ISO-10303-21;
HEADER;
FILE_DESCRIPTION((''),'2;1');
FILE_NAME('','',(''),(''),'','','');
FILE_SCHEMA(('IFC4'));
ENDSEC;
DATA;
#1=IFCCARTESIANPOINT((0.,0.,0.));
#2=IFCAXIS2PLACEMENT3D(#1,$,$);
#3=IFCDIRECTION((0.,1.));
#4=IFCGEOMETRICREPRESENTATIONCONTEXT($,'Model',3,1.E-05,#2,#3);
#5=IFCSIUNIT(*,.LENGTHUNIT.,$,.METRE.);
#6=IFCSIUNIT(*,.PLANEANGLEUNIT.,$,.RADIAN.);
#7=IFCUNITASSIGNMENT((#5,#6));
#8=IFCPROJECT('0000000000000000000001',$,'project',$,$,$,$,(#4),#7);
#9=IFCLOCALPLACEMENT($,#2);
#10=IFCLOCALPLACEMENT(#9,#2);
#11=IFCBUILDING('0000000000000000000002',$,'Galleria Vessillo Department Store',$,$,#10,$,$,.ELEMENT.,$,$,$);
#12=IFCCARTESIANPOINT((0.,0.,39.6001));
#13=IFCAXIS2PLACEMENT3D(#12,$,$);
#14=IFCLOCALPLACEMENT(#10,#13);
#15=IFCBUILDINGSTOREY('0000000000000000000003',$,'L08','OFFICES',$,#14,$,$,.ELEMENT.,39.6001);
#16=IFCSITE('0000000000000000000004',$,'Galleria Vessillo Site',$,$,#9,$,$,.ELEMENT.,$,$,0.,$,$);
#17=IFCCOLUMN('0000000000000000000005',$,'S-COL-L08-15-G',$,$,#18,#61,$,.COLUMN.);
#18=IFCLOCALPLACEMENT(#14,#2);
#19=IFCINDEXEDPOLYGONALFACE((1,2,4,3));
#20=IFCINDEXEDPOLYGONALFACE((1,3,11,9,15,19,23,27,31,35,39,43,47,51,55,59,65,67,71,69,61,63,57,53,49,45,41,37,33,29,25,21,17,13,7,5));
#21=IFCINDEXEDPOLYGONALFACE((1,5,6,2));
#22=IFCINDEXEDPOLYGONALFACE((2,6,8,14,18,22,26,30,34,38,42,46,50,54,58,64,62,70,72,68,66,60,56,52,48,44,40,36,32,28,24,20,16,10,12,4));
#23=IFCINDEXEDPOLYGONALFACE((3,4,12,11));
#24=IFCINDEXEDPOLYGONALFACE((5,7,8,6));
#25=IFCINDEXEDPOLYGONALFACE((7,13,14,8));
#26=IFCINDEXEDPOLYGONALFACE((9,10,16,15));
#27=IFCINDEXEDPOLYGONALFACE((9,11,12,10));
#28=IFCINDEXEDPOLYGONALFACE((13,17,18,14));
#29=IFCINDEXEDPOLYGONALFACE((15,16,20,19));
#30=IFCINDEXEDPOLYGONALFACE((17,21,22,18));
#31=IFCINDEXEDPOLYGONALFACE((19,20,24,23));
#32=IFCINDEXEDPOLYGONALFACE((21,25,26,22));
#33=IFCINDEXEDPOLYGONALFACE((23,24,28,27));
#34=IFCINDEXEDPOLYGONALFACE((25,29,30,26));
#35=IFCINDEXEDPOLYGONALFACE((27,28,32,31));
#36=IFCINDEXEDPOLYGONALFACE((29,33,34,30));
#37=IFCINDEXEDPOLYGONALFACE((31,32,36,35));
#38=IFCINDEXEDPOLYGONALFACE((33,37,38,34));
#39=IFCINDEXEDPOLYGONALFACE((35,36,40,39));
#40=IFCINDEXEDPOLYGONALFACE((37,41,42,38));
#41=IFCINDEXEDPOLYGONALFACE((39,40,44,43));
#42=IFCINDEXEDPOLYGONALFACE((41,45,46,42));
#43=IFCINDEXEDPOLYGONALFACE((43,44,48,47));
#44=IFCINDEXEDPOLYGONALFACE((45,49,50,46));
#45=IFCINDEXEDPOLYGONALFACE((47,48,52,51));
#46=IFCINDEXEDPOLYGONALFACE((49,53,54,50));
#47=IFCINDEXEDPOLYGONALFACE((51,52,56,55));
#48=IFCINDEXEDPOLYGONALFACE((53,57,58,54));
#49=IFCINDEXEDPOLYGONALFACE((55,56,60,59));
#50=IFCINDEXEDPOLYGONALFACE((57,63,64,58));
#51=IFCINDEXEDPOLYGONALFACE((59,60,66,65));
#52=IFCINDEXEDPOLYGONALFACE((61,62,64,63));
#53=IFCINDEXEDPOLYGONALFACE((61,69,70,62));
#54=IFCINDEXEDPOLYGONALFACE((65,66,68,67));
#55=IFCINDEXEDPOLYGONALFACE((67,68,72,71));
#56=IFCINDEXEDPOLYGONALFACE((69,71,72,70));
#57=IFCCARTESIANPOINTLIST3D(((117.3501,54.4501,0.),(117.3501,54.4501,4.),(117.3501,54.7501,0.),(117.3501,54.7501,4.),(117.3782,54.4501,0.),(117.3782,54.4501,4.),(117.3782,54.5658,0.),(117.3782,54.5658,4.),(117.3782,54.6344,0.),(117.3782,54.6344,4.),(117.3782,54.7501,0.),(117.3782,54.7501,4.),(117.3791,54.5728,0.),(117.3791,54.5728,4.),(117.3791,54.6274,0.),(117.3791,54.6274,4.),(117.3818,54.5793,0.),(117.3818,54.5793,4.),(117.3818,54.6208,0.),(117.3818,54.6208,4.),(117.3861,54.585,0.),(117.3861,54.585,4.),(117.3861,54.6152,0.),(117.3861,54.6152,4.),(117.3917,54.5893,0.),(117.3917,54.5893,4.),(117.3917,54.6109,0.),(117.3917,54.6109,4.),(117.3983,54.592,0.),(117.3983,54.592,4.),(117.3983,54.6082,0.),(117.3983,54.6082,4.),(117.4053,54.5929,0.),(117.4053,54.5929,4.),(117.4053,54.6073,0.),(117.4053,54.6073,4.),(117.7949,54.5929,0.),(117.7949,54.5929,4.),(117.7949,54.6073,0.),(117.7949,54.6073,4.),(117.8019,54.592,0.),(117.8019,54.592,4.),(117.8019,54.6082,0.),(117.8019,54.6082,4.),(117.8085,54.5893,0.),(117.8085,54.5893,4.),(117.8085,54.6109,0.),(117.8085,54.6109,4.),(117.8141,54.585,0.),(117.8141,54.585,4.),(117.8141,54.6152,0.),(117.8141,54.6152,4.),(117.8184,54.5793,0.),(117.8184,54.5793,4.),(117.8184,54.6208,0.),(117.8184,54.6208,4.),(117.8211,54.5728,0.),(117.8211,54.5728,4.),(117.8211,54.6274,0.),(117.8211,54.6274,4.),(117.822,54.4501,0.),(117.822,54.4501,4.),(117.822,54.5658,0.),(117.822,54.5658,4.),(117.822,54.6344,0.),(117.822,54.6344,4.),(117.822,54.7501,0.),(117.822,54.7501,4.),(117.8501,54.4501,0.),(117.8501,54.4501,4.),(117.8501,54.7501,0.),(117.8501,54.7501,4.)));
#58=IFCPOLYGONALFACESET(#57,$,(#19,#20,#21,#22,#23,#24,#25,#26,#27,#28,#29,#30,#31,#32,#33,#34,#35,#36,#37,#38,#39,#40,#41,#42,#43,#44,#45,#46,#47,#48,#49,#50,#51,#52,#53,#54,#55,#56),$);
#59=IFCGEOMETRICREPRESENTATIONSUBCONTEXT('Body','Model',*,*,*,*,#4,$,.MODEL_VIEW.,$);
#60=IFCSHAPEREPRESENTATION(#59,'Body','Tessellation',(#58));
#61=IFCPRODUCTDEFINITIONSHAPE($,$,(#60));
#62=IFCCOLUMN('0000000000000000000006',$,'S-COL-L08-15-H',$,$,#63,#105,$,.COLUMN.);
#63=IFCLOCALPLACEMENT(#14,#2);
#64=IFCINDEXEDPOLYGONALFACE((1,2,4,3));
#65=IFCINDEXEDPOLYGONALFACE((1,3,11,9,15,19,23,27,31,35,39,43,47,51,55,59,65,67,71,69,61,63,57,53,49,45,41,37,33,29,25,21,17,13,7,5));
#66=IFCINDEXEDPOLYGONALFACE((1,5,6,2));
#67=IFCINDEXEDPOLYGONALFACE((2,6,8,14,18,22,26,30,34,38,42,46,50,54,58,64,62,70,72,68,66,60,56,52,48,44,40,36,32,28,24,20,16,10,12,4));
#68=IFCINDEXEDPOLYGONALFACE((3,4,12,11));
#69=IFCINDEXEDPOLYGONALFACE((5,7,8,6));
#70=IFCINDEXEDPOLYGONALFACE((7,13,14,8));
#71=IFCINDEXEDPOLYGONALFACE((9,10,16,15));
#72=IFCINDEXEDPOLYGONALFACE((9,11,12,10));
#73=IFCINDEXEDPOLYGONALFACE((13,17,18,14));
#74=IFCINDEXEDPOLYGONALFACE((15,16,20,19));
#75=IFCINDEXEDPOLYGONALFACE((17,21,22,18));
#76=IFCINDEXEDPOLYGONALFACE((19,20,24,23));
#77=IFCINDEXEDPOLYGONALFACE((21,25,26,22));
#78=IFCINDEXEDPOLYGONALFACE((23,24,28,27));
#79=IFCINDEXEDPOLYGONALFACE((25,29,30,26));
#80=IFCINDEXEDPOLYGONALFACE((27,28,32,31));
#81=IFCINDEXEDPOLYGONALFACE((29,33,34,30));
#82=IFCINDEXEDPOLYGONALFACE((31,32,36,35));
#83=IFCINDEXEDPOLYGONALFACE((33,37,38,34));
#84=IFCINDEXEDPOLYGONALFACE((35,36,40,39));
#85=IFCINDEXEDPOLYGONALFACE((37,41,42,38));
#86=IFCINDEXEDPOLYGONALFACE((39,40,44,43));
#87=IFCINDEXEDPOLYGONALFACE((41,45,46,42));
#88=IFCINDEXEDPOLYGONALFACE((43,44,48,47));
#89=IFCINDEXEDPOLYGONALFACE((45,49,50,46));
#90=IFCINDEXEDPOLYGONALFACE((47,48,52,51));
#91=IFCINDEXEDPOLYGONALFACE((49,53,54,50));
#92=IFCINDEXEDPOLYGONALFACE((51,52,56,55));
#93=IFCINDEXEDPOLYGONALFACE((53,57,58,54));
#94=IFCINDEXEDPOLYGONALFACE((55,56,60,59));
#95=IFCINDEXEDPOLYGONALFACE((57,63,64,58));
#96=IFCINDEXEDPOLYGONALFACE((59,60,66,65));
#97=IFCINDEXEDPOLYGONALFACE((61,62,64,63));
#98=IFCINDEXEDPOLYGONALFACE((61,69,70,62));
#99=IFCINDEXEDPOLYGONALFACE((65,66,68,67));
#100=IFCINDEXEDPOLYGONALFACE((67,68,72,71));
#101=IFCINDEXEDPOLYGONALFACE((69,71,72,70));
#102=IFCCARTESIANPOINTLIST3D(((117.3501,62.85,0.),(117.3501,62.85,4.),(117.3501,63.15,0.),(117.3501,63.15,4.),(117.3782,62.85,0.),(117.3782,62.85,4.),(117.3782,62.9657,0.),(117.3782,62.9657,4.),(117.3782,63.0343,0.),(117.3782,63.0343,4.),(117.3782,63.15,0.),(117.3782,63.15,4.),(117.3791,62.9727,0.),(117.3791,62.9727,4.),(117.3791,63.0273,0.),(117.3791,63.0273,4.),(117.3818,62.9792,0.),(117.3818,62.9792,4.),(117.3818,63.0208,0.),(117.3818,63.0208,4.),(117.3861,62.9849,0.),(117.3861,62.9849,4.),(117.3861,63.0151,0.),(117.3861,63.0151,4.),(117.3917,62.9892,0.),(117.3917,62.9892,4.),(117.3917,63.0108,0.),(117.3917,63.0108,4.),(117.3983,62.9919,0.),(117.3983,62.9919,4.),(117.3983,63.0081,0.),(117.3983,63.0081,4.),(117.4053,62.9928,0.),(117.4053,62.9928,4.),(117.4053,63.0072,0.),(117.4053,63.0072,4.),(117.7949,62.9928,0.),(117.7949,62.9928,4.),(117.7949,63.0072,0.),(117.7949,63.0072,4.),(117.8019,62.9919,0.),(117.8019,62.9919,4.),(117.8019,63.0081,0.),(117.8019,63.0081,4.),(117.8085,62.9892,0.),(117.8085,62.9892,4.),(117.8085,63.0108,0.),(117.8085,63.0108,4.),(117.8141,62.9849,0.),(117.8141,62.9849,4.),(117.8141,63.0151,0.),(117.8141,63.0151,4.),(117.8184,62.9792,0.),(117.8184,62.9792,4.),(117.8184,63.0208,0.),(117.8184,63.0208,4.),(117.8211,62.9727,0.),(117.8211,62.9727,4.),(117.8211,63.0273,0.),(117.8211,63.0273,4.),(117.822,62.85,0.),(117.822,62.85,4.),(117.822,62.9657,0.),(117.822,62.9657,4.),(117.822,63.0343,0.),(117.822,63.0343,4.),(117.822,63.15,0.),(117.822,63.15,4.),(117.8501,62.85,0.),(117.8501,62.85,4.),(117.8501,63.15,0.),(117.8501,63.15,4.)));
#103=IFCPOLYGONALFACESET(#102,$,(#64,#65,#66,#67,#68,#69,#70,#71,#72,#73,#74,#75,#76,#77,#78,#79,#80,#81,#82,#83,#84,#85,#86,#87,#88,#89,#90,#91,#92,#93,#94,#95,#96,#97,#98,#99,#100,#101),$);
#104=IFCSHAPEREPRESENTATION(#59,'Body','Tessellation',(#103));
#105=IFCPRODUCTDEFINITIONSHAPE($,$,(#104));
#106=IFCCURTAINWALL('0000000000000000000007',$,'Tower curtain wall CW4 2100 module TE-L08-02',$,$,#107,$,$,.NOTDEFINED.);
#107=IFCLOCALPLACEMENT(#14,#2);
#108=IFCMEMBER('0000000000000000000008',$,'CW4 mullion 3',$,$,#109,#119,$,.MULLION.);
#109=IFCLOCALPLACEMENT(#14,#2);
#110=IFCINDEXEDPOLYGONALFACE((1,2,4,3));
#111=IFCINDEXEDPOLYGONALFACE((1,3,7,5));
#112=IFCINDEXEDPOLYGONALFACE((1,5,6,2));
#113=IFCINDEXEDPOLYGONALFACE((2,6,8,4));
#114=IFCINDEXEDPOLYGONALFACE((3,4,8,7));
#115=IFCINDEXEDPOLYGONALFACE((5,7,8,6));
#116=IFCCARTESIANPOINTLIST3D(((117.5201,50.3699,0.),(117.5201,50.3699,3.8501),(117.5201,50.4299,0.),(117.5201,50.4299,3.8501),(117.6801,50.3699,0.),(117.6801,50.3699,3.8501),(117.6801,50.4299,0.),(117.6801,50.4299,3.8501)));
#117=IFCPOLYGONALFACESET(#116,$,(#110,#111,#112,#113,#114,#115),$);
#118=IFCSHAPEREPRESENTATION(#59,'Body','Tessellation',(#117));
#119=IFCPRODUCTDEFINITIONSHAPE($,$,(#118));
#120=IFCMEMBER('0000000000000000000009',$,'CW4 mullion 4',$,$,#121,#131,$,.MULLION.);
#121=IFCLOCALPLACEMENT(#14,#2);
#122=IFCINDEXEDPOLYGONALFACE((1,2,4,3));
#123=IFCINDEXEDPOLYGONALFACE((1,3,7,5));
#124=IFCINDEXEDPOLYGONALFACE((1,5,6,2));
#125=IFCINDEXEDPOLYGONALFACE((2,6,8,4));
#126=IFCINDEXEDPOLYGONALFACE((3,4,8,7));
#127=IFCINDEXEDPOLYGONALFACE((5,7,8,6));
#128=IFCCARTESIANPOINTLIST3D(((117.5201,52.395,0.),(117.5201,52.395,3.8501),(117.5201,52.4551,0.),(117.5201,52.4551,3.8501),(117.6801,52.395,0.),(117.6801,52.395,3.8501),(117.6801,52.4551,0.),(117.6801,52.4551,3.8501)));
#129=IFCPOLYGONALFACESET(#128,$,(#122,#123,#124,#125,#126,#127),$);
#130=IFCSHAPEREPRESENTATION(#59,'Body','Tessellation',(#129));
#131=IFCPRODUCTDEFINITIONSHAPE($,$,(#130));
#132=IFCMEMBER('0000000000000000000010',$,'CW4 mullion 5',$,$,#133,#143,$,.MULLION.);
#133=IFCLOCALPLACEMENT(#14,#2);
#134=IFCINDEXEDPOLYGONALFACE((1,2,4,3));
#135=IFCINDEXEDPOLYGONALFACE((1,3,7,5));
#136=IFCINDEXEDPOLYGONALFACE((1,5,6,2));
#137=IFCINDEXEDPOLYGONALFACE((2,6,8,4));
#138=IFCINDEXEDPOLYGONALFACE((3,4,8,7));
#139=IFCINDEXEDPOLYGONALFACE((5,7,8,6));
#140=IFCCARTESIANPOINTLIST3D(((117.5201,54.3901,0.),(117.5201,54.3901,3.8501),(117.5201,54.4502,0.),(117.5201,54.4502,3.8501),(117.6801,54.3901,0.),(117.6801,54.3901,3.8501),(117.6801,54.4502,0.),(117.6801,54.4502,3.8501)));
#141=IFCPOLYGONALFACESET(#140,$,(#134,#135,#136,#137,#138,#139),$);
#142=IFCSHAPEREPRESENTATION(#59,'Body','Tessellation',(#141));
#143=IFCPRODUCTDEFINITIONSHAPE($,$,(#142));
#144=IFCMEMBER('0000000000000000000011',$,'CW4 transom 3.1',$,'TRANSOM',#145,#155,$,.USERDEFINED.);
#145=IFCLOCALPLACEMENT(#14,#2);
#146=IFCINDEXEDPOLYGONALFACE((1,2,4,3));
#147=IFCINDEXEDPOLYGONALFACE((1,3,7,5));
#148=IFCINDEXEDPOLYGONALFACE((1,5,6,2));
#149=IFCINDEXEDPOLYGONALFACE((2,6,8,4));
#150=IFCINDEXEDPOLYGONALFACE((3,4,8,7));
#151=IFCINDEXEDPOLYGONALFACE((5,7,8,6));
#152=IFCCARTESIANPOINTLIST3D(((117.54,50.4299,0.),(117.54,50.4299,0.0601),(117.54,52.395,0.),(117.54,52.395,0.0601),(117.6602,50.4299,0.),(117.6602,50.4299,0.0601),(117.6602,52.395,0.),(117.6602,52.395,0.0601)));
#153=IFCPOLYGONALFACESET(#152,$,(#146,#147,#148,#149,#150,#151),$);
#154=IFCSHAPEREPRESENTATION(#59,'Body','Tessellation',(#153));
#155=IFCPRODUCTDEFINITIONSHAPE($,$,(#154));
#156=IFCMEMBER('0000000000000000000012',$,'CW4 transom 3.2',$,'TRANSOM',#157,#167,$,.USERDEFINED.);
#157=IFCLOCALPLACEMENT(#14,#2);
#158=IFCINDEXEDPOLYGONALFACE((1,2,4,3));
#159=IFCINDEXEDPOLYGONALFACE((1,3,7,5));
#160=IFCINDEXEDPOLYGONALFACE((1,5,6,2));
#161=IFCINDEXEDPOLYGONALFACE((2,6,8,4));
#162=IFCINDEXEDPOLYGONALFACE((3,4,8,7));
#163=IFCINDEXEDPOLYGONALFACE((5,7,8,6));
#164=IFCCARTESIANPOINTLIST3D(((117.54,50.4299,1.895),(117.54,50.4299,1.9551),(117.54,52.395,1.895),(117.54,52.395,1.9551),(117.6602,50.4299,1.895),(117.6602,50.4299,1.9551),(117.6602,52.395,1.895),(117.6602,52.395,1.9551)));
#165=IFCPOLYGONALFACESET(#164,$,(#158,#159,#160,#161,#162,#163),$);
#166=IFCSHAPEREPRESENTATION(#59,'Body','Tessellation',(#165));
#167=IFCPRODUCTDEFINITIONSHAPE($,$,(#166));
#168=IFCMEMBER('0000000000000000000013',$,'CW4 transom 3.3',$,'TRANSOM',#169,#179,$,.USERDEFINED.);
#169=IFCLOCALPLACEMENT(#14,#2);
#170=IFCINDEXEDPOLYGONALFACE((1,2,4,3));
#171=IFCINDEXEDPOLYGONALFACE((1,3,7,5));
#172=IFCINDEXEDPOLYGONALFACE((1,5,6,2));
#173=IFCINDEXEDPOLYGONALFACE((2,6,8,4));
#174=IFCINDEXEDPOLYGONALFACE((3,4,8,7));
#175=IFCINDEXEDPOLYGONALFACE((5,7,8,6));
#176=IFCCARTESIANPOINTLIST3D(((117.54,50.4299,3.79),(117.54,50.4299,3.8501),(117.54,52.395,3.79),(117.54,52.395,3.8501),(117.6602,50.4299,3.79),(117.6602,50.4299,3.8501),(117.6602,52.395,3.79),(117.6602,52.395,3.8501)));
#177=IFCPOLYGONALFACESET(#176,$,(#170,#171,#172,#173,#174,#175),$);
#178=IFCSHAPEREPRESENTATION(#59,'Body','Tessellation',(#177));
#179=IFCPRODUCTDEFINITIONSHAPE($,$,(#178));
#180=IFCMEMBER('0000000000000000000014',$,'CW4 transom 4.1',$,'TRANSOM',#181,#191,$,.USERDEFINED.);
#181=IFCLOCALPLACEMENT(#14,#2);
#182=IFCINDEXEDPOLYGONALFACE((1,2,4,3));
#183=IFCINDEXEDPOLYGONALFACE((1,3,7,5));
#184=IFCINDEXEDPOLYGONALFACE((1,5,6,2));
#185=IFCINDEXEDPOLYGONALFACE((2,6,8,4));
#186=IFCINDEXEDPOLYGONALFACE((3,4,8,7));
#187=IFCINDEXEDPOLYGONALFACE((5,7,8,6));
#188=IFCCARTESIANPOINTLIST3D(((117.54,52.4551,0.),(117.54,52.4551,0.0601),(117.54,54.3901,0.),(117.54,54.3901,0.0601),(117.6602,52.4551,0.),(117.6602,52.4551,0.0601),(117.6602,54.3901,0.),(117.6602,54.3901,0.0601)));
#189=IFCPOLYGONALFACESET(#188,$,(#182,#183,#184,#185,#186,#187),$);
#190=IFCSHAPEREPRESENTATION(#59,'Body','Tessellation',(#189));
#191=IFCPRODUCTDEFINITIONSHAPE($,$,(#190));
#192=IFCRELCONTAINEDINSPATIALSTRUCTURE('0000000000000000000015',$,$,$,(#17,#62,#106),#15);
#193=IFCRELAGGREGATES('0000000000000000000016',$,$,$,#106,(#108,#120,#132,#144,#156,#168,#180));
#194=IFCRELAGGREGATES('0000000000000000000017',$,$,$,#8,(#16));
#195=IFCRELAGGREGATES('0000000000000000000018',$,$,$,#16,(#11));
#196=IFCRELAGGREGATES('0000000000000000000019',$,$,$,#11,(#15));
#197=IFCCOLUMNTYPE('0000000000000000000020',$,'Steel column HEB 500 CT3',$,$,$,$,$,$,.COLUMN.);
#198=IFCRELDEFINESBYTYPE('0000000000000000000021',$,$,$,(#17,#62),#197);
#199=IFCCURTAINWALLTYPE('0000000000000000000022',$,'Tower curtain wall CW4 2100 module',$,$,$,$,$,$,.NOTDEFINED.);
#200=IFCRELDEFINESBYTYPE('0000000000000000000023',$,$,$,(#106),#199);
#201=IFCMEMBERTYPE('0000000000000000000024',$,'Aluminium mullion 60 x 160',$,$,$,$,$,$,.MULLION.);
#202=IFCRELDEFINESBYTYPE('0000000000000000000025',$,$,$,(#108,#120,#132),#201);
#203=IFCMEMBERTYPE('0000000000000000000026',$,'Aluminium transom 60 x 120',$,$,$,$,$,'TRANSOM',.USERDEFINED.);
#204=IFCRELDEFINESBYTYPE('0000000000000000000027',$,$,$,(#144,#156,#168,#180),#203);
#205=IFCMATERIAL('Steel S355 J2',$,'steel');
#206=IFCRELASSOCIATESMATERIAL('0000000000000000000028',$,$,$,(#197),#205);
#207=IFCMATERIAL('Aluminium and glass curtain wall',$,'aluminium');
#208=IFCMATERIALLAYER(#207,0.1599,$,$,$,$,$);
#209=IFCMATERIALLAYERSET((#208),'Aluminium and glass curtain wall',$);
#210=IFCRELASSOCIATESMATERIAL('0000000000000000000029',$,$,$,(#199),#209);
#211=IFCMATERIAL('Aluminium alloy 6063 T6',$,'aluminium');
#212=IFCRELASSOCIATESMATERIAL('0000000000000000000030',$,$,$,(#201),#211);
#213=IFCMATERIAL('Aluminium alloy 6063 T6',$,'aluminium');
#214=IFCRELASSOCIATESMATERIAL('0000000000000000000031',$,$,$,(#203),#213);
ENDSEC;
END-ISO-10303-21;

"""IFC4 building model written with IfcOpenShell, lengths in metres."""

from ifc_helpers import new_model, si_unit, direction, frame, origin, origin_2d, place, context, subcontext, project, spatial, rectangle, i_section, extrude, material, layer, layer_set, material_profile, profile_set, type_object, element, aggregate, save


model = new_model("IFC4")

# Units and contexts
model_context = context("Model", 3, precision=1e-05, world=origin(), true_north=direction((0.0, 1.0)))
body_context = subcontext(model_context, "Body", "Model", "MODEL_VIEW")
ifc_project = project(units=[si_unit("LENGTHUNIT", "METRE"), si_unit("PLANEANGLEUNIT", "RADIAN")], contexts=[model_context])

# Site, building, storey
site_placement = place(None, origin())
site = spatial("IfcSite", under=ifc_project, at=site_placement, Name="Galleria Vessillo Site", CompositionType="ELEMENT", RefElevation=0.0)
building_placement = place(site_placement, origin())
building = spatial("IfcBuilding", under=site, at=building_placement, Name="Galleria Vessillo Department Store", CompositionType="ELEMENT")
storey_placement = place(building_placement, frame((0.0, 0.0, 39.6001)))
storey = spatial("IfcBuildingStorey", under=building, at=storey_placement, Name="L08", Description="OFFICES", CompositionType="ELEMENT", Elevation=39.6001)

# Columns
ifc_material_1 = material(Name="Steel S355 J2", Category="steel")
ifc_material_profile_1 = material_profile(ifc_material_1, i_section(OverallWidth=0.3, OverallDepth=0.5, WebThickness=0.0144, FlangeThickness=0.0281, FilletRadius=0.0271, at=origin_2d()), Name="HEB 500")
ifc_profile_set_1 = profile_set([ifc_material_profile_1], Name="Steel S355 J2")
column_type = type_object("IfcColumnType", Name="Steel column HEB 500 CT3", PredefinedType="COLUMN", material=ifc_profile_set_1)
for number, where, z_axis, x_axis, name in (
    (1, (117.6001, 54.6001, 0.0), (0.0, 0.0, 1.0), (0.0, 1.0, 0.0), "S-COL-L08-15-G"),
    (2, (117.6001, 63.0, 0.0), (0.0, 0.0, 1.0), (0.0, 1.0, 0.0), "S-COL-L08-15-H"),
):
    element("IfcColumn", number, at=place(storey_placement, frame(where, z_axis=z_axis, x_axis=x_axis)), inside=storey, type_object=column_type, Name=name, PredefinedType="COLUMN", context=body_context, shape_type="SweptSolid", body=[
        extrude(i_section(OverallWidth=0.3, OverallDepth=0.5, WebThickness=0.0144, FlangeThickness=0.0281, FilletRadius=0.0271, at=origin_2d()), origin(), (0.0, 0.0, 1.0), 4.0),
    ])

# Curtain wall, members
ifc_material_2 = material(Name="Aluminium and glass curtain wall", Category="aluminium")
ifc_layer_1 = layer(ifc_material_2, 0.1599)
ifc_layer_set_1 = layer_set([ifc_layer_1], Name="Aluminium and glass curtain wall")
curtain_wall_type = type_object("IfcCurtainWallType", Name="Tower curtain wall CW4 2100 module", PredefinedType="NOTDEFINED", material=ifc_layer_set_1)
curtain_wall_placement = place(storey_placement, origin())
curtain_wall = element("IfcCurtainWall", 3, at=curtain_wall_placement, inside=storey, type_object=curtain_wall_type, Name="Tower curtain wall CW4 2100 module TE-L08-02", PredefinedType="NOTDEFINED")
ifc_material_3 = material(Name="Aluminium alloy 6063 T6", Category="aluminium")
ifc_material_profile_2 = material_profile(ifc_material_3, rectangle(XDim=0.1599, YDim=0.0601, at=origin_2d()), Name="AL 60x160")
ifc_profile_set_2 = profile_set([ifc_material_profile_2], Name="Aluminium alloy 6063 T6")
member_type_1 = type_object("IfcMemberType", Name="Aluminium mullion 60 x 160", PredefinedType="MULLION", material=ifc_profile_set_2)
member_1_placement = place(storey_placement, frame((117.6001, 50.3999, 0.0), z_axis=(0.0, 0.0, 1.0), x_axis=(-1.0, 0.0, 0.0)))
member_1 = element("IfcMember", 4, at=member_1_placement, type_object=member_type_1, Name="CW4 mullion 3", PredefinedType="MULLION", context=body_context, shape_type="SweptSolid", body=[
    extrude(rectangle(XDim=0.1599, YDim=0.0601, at=origin_2d()), origin(), (0.0, 0.0, 1.0), 3.8501),
])
member_2_placement = place(storey_placement, frame((117.6001, 52.425, 0.0), z_axis=(0.0, 0.0, 1.0), x_axis=(-1.0, 0.0, 0.0)))
member_2 = element("IfcMember", 5, at=member_2_placement, type_object=member_type_1, Name="CW4 mullion 4", PredefinedType="MULLION", context=body_context, shape_type="SweptSolid", body=[
    extrude(rectangle(XDim=0.1599, YDim=0.0601, at=origin_2d()), origin(), (0.0, 0.0, 1.0), 3.8501),
])
member_3_placement = place(storey_placement, frame((117.6001, 54.4202, 0.0), z_axis=(0.0, 0.0, 1.0), x_axis=(-1.0, 0.0, 0.0)))
member_3 = element("IfcMember", 6, at=member_3_placement, type_object=member_type_1, Name="CW4 mullion 5", PredefinedType="MULLION", context=body_context, shape_type="SweptSolid", body=[
    extrude(rectangle(XDim=0.1599, YDim=0.0601, at=origin_2d()), origin(), (0.0, 0.0, 1.0), 3.8501),
])
ifc_material_4 = material(Name="Aluminium alloy 6063 T6", Category="aluminium")
ifc_material_profile_3 = material_profile(ifc_material_4, rectangle(XDim=0.1201, YDim=0.0601, at=origin_2d()), Name="AL 60x120")
ifc_profile_set_3 = profile_set([ifc_material_profile_3], Name="Aluminium alloy 6063 T6")
member_type_2 = type_object("IfcMemberType", Name="Aluminium transom 60 x 120", ElementType="TRANSOM", PredefinedType="USERDEFINED", material=ifc_profile_set_3)
member_4_placement = place(storey_placement, frame((117.6001, 50.4299, 0.03), z_axis=(0.0, 1.0, 0.0), x_axis=(-1.0, 0.0, 0.0)))
member_4 = element("IfcMember", 7, at=member_4_placement, type_object=member_type_2, Name="CW4 transom 3.1", ObjectType="TRANSOM", PredefinedType="USERDEFINED", context=body_context, shape_type="SweptSolid", body=[
    extrude(rectangle(XDim=0.1201, YDim=0.0601, at=origin_2d()), origin(), (0.0, 0.0, 1.0), 1.9651),
])
member_5_placement = place(storey_placement, frame((117.6001, 50.4299, 1.925), z_axis=(0.0, 1.0, 0.0), x_axis=(-1.0, 0.0, 0.0)))
member_5 = element("IfcMember", 8, at=member_5_placement, type_object=member_type_2, Name="CW4 transom 3.2", ObjectType="TRANSOM", PredefinedType="USERDEFINED", context=body_context, shape_type="SweptSolid", body=[
    extrude(rectangle(XDim=0.1201, YDim=0.0601, at=origin_2d()), origin(), (0.0, 0.0, 1.0), 1.9651),
])
member_6_placement = place(storey_placement, frame((117.6001, 50.4299, 3.8201), z_axis=(0.0, 1.0, 0.0), x_axis=(-1.0, 0.0, 0.0)))
member_6 = element("IfcMember", 9, at=member_6_placement, type_object=member_type_2, Name="CW4 transom 3.3", ObjectType="TRANSOM", PredefinedType="USERDEFINED", context=body_context, shape_type="SweptSolid", body=[
    extrude(rectangle(XDim=0.1201, YDim=0.0601, at=origin_2d()), origin(), (0.0, 0.0, 1.0), 1.9651),
])
member_7_placement = place(storey_placement, frame((117.6001, 52.4551, 0.03), z_axis=(0.0, 1.0, 0.0), x_axis=(-1.0, 0.0, 0.0)))
member_7 = element("IfcMember", 10, at=member_7_placement, type_object=member_type_2, Name="CW4 transom 4.1", ObjectType="TRANSOM", PredefinedType="USERDEFINED", context=body_context, shape_type="SweptSolid", body=[
    extrude(rectangle(XDim=0.1201, YDim=0.0601, at=origin_2d()), origin(), (0.0, 0.0, 1.0), 1.9351),
])
aggregate(curtain_wall, [member_1, member_2, member_3, member_4, member_5, member_6, member_7])

save(model, "model.ifc")
